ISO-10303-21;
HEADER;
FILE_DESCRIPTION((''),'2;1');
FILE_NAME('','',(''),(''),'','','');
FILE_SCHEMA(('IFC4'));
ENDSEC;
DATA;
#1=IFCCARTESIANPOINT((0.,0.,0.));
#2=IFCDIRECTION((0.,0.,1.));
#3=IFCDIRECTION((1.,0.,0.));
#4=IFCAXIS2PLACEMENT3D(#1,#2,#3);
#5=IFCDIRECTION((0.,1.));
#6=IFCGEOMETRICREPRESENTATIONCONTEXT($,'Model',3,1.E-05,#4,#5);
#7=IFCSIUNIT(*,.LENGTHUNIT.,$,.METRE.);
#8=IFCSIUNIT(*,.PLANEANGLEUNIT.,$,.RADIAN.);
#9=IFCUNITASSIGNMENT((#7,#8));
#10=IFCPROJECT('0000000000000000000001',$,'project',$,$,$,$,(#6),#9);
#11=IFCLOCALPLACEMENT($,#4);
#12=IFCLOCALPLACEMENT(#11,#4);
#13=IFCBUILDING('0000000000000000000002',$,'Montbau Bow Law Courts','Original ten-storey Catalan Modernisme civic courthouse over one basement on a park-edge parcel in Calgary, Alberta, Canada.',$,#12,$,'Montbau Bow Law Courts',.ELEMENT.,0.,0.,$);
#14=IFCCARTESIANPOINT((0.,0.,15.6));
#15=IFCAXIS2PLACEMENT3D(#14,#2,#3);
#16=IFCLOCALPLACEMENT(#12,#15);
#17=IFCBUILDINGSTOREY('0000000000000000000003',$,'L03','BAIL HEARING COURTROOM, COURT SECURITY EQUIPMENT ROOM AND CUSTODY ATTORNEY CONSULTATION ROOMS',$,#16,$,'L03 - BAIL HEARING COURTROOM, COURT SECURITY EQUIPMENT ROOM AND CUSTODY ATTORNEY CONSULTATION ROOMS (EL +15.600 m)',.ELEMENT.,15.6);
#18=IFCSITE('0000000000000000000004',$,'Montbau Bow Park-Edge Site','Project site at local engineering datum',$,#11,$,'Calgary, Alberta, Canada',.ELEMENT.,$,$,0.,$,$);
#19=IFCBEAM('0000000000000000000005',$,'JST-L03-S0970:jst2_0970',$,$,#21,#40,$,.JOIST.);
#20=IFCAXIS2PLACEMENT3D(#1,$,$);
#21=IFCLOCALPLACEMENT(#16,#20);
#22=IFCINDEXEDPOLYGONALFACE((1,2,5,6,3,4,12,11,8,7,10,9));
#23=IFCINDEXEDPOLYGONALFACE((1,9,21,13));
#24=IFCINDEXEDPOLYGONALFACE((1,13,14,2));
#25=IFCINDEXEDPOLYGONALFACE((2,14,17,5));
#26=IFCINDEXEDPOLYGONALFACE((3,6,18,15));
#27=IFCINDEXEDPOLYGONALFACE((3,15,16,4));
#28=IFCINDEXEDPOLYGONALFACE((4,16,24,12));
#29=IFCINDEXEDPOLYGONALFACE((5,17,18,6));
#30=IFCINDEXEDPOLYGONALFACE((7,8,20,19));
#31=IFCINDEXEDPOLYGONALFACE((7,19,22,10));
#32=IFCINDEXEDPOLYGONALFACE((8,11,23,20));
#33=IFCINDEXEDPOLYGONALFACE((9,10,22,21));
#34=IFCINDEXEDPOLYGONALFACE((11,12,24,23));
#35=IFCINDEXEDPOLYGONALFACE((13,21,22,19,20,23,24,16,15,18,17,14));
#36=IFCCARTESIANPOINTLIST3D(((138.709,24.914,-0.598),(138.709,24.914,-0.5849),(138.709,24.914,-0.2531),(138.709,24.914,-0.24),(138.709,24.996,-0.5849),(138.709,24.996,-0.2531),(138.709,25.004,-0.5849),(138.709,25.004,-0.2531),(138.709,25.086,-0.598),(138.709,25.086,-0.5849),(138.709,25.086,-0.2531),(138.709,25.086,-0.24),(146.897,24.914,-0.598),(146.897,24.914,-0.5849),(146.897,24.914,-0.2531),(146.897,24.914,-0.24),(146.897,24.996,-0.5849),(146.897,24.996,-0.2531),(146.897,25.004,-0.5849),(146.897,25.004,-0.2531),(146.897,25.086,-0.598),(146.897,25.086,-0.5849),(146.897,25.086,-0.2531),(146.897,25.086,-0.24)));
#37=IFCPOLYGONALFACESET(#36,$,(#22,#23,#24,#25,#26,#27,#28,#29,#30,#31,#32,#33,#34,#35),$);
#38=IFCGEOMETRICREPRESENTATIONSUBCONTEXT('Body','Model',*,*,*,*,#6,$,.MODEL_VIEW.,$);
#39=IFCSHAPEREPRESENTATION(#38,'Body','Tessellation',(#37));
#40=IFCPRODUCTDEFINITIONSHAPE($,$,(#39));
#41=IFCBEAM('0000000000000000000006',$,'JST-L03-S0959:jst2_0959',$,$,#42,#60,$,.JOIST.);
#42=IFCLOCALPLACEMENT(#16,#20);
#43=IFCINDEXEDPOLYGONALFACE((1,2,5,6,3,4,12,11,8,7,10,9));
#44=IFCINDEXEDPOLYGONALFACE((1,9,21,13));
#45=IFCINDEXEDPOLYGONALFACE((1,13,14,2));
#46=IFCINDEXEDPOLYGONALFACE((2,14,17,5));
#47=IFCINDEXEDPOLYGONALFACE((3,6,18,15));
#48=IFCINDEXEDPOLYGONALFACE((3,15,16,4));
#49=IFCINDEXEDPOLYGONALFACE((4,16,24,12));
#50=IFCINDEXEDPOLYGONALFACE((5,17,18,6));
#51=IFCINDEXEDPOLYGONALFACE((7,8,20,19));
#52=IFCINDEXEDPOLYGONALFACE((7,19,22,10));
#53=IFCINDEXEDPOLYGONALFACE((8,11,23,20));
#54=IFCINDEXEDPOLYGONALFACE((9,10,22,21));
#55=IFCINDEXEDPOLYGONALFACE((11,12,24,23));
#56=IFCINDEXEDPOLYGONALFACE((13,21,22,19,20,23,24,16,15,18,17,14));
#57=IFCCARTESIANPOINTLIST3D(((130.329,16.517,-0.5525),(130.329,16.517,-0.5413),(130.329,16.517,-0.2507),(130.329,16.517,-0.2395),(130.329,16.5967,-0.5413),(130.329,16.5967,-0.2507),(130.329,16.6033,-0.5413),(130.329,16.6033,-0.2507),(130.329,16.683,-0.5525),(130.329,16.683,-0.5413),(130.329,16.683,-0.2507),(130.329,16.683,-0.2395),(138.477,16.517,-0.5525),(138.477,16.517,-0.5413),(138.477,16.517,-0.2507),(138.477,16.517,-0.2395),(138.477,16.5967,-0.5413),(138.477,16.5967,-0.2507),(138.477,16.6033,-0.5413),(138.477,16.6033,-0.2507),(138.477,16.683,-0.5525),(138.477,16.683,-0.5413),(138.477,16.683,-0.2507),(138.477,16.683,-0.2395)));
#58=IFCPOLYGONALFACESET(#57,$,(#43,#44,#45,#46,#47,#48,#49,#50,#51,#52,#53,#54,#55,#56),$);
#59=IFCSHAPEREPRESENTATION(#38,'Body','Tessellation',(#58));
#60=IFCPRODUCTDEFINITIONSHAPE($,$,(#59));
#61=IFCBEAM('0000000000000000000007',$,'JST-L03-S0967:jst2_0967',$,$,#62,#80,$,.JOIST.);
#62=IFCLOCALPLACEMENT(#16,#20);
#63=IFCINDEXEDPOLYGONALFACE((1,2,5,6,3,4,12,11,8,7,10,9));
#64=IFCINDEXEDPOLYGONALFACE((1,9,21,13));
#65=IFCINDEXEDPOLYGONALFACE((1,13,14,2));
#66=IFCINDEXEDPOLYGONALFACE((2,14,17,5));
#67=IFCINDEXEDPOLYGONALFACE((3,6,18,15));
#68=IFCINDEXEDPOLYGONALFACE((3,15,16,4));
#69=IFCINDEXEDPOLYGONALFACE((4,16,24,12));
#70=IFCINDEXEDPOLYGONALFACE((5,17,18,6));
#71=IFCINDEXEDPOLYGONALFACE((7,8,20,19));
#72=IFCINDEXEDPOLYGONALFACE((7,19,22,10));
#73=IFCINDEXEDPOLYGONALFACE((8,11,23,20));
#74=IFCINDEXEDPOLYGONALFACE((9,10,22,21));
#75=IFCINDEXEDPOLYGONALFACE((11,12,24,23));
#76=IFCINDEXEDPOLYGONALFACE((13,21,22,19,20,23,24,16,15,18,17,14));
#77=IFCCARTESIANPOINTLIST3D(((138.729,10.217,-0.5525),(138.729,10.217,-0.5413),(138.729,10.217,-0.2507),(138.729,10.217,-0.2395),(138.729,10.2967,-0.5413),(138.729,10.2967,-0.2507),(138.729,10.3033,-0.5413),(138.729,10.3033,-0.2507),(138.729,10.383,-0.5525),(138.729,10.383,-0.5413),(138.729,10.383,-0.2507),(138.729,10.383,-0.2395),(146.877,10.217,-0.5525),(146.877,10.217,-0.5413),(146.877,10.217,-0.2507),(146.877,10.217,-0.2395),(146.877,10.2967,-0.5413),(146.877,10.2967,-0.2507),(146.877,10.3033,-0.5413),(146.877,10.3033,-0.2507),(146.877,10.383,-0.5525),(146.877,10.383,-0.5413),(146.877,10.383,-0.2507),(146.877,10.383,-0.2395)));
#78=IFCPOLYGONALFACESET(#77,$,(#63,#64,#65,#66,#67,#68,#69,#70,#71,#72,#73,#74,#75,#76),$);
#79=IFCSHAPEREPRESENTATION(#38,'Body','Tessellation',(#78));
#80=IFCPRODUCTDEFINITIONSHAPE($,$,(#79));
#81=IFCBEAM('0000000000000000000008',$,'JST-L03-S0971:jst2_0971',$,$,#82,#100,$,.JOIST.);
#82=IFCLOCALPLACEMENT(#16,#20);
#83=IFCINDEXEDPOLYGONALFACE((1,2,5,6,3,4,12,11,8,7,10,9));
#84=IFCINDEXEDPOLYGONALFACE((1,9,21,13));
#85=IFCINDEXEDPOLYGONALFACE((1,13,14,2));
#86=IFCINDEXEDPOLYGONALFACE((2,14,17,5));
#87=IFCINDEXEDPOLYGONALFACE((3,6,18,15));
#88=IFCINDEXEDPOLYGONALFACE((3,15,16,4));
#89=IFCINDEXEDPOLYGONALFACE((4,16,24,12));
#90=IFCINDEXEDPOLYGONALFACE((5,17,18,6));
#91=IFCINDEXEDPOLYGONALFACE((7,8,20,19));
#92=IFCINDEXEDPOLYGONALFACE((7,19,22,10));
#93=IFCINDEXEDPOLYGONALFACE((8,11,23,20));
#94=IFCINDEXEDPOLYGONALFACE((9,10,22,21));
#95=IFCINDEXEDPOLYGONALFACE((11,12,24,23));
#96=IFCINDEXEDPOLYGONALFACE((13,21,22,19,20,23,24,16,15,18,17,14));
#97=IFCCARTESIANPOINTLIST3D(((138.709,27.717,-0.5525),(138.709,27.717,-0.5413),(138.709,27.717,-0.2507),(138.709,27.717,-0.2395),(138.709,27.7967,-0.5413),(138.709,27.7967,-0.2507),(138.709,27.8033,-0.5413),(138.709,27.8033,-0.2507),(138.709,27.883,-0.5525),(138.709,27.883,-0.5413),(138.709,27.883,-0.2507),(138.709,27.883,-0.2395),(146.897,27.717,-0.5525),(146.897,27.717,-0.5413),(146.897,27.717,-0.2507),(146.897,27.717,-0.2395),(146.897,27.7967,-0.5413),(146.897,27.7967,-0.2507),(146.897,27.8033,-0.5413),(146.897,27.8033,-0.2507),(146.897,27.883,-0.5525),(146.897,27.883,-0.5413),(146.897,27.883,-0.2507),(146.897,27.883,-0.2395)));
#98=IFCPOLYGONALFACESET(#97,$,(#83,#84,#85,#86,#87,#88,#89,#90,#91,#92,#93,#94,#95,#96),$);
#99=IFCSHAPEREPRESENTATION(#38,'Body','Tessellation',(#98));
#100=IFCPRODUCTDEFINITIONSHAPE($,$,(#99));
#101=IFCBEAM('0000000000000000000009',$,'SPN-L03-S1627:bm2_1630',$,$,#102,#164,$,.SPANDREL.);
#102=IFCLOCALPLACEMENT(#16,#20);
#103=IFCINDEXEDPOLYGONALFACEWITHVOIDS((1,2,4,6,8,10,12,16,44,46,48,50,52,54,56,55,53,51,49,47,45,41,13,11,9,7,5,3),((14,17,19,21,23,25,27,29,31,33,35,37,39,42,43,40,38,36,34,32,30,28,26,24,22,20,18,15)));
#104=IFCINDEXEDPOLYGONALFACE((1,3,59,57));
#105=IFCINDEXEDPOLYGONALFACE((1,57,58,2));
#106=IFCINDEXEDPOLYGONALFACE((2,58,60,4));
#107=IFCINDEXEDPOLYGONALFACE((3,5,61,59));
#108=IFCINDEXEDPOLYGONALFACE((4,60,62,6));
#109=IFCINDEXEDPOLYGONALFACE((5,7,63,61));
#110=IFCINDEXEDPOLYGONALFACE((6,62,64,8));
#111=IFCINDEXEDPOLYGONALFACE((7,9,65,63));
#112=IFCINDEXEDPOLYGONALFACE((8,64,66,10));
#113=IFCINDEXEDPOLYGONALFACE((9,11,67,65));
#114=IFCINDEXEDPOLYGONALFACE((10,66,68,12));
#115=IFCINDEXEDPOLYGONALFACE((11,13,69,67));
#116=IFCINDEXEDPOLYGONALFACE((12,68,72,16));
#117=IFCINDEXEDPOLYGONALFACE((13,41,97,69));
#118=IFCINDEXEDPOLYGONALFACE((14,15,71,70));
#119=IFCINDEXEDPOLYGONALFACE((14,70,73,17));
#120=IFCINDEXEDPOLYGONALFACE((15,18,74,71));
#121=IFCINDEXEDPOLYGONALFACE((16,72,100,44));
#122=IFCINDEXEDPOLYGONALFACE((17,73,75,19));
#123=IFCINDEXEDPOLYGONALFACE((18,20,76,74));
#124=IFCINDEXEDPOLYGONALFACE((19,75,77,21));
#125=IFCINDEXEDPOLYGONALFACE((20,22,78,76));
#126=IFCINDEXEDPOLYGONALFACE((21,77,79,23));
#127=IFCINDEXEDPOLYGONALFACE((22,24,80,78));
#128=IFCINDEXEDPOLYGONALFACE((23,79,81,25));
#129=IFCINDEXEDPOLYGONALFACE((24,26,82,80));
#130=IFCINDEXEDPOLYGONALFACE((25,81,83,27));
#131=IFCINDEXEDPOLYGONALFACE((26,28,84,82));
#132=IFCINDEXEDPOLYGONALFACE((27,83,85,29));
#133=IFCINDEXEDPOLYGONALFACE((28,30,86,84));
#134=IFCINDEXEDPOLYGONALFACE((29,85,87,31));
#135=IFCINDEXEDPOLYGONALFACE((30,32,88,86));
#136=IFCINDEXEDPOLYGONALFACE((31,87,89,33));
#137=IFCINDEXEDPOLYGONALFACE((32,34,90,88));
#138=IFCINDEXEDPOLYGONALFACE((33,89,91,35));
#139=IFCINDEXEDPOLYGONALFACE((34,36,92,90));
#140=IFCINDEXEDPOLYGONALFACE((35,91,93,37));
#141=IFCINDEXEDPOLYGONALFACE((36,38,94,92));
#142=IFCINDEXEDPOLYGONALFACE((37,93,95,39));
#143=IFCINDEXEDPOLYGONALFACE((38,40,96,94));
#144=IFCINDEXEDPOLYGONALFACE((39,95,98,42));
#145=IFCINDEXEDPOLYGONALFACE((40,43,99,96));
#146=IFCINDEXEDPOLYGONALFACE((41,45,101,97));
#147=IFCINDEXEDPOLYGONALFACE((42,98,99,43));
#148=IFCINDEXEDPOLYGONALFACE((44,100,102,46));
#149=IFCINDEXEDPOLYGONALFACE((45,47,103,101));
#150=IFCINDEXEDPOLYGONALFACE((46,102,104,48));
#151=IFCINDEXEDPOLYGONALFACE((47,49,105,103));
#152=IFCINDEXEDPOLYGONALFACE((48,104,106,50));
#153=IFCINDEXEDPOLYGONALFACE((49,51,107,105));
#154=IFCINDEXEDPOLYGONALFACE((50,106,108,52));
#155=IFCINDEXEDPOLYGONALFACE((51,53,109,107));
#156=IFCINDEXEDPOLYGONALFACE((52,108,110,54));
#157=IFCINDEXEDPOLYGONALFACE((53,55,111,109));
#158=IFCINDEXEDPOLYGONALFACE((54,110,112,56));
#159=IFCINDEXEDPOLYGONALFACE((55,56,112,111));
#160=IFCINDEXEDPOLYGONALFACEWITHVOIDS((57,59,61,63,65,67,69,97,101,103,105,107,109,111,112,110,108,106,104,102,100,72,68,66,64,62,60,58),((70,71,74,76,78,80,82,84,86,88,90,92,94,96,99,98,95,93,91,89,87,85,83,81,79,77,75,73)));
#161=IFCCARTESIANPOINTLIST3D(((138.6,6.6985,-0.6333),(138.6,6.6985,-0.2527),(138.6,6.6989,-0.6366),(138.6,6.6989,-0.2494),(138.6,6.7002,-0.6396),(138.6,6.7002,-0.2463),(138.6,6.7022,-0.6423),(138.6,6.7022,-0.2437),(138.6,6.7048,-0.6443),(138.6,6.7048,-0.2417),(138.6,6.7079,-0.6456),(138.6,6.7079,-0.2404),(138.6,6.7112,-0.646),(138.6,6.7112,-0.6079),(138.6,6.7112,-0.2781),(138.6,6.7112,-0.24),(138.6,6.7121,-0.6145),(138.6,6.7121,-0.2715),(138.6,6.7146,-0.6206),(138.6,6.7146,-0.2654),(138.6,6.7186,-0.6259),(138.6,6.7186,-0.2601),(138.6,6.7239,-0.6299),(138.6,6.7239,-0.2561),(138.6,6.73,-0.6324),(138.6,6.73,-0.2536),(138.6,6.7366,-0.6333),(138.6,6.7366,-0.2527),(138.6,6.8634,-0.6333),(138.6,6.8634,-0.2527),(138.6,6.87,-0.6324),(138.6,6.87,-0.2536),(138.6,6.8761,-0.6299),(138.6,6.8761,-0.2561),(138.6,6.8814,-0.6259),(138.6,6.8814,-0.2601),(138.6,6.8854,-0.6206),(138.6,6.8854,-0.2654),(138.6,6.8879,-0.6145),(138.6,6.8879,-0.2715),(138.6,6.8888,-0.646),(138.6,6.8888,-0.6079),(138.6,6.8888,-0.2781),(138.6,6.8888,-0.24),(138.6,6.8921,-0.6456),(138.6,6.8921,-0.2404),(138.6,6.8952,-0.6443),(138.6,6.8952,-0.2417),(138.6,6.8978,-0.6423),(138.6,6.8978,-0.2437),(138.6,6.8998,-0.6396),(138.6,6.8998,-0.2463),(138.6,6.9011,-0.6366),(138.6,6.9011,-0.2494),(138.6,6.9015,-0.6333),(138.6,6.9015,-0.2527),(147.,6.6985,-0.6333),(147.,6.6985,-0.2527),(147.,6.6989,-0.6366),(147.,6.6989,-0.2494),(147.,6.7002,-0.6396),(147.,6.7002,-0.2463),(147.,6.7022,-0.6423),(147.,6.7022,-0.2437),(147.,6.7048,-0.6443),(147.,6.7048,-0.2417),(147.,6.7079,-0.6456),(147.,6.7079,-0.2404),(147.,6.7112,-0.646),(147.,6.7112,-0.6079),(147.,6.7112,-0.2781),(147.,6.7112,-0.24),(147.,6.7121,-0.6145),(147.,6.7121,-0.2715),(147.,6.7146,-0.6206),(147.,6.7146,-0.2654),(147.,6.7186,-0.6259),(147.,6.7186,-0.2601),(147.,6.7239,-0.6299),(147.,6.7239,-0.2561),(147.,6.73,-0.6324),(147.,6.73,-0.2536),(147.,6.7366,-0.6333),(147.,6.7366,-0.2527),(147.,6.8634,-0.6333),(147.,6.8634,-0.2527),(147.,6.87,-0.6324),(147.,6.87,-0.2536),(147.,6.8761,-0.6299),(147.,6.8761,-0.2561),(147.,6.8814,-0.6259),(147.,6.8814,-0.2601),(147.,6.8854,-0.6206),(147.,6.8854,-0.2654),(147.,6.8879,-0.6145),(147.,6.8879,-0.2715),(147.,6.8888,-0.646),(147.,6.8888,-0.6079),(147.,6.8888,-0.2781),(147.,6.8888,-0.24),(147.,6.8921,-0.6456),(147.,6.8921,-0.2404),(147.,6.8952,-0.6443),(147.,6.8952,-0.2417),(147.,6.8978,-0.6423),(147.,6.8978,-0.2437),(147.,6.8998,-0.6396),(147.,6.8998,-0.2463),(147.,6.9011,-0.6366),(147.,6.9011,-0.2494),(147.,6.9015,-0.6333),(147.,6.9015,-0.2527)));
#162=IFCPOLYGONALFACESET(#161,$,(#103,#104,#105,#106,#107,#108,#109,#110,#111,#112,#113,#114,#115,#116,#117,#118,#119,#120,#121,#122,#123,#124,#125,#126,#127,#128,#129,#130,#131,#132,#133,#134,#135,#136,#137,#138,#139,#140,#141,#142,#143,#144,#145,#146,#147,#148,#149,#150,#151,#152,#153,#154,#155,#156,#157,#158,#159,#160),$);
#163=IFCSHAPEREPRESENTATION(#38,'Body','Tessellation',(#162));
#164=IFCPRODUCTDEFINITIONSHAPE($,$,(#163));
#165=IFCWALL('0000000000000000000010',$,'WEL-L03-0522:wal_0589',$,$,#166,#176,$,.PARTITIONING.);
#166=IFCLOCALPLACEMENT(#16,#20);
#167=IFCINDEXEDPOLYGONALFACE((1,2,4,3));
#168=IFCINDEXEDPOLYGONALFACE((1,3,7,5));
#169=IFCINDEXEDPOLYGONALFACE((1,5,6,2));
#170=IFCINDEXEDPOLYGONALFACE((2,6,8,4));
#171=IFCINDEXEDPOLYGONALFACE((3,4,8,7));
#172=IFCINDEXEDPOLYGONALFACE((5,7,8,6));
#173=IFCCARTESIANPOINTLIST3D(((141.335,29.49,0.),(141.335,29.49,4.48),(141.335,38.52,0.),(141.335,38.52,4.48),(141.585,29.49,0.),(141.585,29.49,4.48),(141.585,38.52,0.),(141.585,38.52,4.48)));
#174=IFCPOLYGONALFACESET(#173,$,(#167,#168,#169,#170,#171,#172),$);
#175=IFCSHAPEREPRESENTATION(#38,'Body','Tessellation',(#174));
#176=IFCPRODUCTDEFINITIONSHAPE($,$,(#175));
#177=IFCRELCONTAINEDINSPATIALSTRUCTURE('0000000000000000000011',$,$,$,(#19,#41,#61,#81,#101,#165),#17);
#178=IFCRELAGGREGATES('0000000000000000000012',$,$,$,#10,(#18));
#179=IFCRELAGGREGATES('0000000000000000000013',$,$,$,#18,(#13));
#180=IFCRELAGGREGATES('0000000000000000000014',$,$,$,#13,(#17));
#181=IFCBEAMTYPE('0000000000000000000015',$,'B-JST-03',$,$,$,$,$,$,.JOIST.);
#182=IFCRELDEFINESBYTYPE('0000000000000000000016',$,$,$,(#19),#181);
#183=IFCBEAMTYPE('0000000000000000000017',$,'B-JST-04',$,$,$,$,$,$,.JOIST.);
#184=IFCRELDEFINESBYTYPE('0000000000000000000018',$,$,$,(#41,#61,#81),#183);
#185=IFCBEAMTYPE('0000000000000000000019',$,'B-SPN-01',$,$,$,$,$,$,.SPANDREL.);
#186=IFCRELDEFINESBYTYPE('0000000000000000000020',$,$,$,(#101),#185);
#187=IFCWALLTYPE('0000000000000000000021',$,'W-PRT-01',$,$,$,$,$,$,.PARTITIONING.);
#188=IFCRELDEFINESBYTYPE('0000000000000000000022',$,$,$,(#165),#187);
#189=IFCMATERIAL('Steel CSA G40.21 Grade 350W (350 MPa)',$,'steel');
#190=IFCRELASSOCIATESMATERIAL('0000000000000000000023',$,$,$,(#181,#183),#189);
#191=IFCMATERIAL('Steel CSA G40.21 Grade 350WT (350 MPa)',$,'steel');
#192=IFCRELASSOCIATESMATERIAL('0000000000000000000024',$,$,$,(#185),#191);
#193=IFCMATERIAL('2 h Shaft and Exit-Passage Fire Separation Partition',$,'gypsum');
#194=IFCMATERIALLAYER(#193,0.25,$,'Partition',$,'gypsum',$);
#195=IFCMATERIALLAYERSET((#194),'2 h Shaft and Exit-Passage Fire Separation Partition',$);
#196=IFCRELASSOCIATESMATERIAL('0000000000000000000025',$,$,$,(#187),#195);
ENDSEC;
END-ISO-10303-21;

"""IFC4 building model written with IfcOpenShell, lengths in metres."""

from ifc_helpers import new_model, si_unit, direction, frame, frame_2d, origin_with_axes, origin_2d_with_axis, place, context, subcontext, project, spatial, rectangle, hollow_rectangle, i_section, extrude, material, layer, layer_set, material_profile, profile_set, type_object, element, save


model = new_model("IFC4")

# Units and contexts
model_context = context("Model", 3, precision=1e-05, world=origin_with_axes(), true_north=direction((0.0, 1.0)))
body_context = subcontext(model_context, "Body", "Model", "MODEL_VIEW")
ifc_project = project(units=[si_unit("LENGTHUNIT", "METRE"), si_unit("PLANEANGLEUNIT", "RADIAN")], contexts=[model_context])

# Site, building, storey
site_placement = place(None, origin_with_axes())
site = spatial("IfcSite", under=ifc_project, at=site_placement, Name="Montbau Bow Park-Edge Site", Description="Project site at local engineering datum", LongName="Calgary, Alberta, Canada", CompositionType="ELEMENT", RefElevation=0.0)
building_placement = place(site_placement, origin_with_axes())
building = spatial("IfcBuilding", under=site, at=building_placement, Name="Montbau Bow Law Courts", Description="Original ten-storey Catalan Modernisme civic courthouse over one basement on a park-edge parcel in Calgary, Alberta, Canada.", LongName="Montbau Bow Law Courts", CompositionType="ELEMENT", ElevationOfRefHeight=0.0, ElevationOfTerrain=0.0)
storey_placement = place(building_placement, frame((0.0, 0.0, 15.6), z_axis=(0.0, 0.0, 1.0), x_axis=(1.0, 0.0, 0.0)))
storey = spatial("IfcBuildingStorey", under=building, at=storey_placement, Name="L03", Description="BAIL HEARING COURTROOM, COURT SECURITY EQUIPMENT ROOM AND CUSTODY ATTORNEY CONSULTATION ROOMS", LongName="L03 - BAIL HEARING COURTROOM, COURT SECURITY EQUIPMENT ROOM AND CUSTODY ATTORNEY CONSULTATION ROOMS (EL +15.600 m)", CompositionType="ELEMENT", Elevation=15.6)

# Shared definitions
ifc_material_1 = material(Name="Steel CSA G40.21 Grade 350W (350 MPa)", Category="steel")

# Beams
ifc_material_profile_1 = material_profile(ifc_material_1, i_section(OverallWidth=0.172, OverallDepth=0.358, WebThickness=0.0079, FlangeThickness=0.0131, at=origin_2d_with_axis()), Name="W360X57", Category="Main", Priority=0)
ifc_profile_set_1 = profile_set([ifc_material_profile_1], Name="Steel CSA G40.21 Grade 350W (350 MPa)")
beam_type_1 = type_object("IfcBeamType", Name="B-JST-03", PredefinedType="JOIST", material=ifc_profile_set_1)
beam_1_placement = place(None, frame((138.709, 25.0, 15.181), z_axis=(1.0, 0.0, 0.0), x_axis=(0.0, 1.0, 0.0)))
element("IfcBeam", 1, at=beam_1_placement, inside=storey, type_object=beam_type_1, Name="JST-L03-S0970:jst2_0970", PredefinedType="JOIST", context=body_context, shape_type="SweptSolid", body=[
    extrude(i_section(OverallWidth=0.172, OverallDepth=0.358, WebThickness=0.0079, FlangeThickness=0.0131, at=origin_2d_with_axis()), origin_with_axes(), (0.0, 0.0, 1.0), 8.188),
])
ifc_material_profile_2 = material_profile(ifc_material_1, i_section(OverallWidth=0.166, OverallDepth=0.313, WebThickness=0.0066, FlangeThickness=0.0112, at=origin_2d_with_axis()), Name="W310X45", Category="Main", Priority=0)
ifc_profile_set_2 = profile_set([ifc_material_profile_2], Name="Steel CSA G40.21 Grade 350W (350 MPa)")
beam_type_2 = type_object("IfcBeamType", Name="B-JST-04", PredefinedType="JOIST", material=ifc_profile_set_2)
for number, where, z_axis, x_axis, name in (
    (2, (130.329, 16.6, 15.204), (1.0, 0.0, 0.0), (0.0, 1.0, 0.0), "JST-L03-S0959:jst2_0959"),
    (3, (138.729, 10.3, 15.204), (1.0, 0.0, 0.0), (0.0, 1.0, 0.0), "JST-L03-S0967:jst2_0967"),
):
    element("IfcBeam", number, at=place(None, frame(where, z_axis=z_axis, x_axis=x_axis)), inside=storey, type_object=beam_type_2, Name=name, PredefinedType="JOIST", context=body_context, shape_type="SweptSolid", body=[
        extrude(i_section(OverallWidth=0.166, OverallDepth=0.313, WebThickness=0.0066, FlangeThickness=0.0112, at=origin_2d_with_axis()), origin_with_axes(), (0.0, 0.0, 1.0), 8.148),
    ])
beam_2_placement = place(None, frame((138.709, 27.8, 15.204), z_axis=(1.0, 0.0, 0.0), x_axis=(0.0, 1.0, 0.0)))
element("IfcBeam", 4, at=beam_2_placement, inside=storey, type_object=beam_type_2, Name="JST-L03-S0971:jst2_0971", PredefinedType="JOIST", context=body_context, shape_type="SweptSolid", body=[
    extrude(i_section(OverallWidth=0.166, OverallDepth=0.313, WebThickness=0.0066, FlangeThickness=0.0112, at=origin_2d_with_axis()), origin_with_axes(), (0.0, 0.0, 1.0), 8.188),
])
ifc_material_2 = material(Name="Steel CSA G40.21 Grade 350WT (350 MPa)", Category="steel")
ifc_material_profile_3 = material_profile(ifc_material_2, hollow_rectangle(XDim=0.203, YDim=0.406, WallThickness=0.0127, InnerFilletRadius=0.0254, OuterFilletRadius=0.0127, at=origin_2d_with_axis()), Name="HSS406X203X13", Category="Main", Priority=0)
ifc_profile_set_3 = profile_set([ifc_material_profile_3], Name="Steel CSA G40.21 Grade 350WT (350 MPa)")
beam_type_3 = type_object("IfcBeamType", Name="B-SPN-01", PredefinedType="SPANDREL", material=ifc_profile_set_3)
beam_3_placement = place(None, frame((138.6, 6.8, 15.157), z_axis=(1.0, 0.0, 0.0), x_axis=(0.0, 1.0, 0.0)))
element("IfcBeam", 5, at=beam_3_placement, inside=storey, type_object=beam_type_3, Name="SPN-L03-S1627:bm2_1630", PredefinedType="SPANDREL", context=body_context, shape_type="SweptSolid", body=[
    extrude(hollow_rectangle(XDim=0.203, YDim=0.406, WallThickness=0.0127, InnerFilletRadius=0.0254, OuterFilletRadius=0.0127, at=origin_2d_with_axis()), origin_with_axes(), (0.0, 0.0, 1.0), 8.4),
])

# Wall
ifc_material_3 = material(Name="2 h Shaft and Exit-Passage Fire Separation Partition", Category="gypsum")
ifc_layer_1 = layer(ifc_material_3, 0.25, Name="Partition", Category="gypsum")
ifc_layer_set_1 = layer_set([ifc_layer_1], Name="2 h Shaft and Exit-Passage Fire Separation Partition")
wall_type_1 = type_object("IfcWallType", Name="W-PRT-01", PredefinedType="PARTITIONING", material=ifc_layer_set_1)
wall_1_placement = place(None, frame((141.46, 29.49, 15.6), z_axis=(0.0, 0.0, 1.0), x_axis=(0.0, 1.0, 0.0)))
element("IfcWall", 6, at=wall_1_placement, inside=storey, type_object=wall_type_1, Name="WEL-L03-0522:wal_0589", PredefinedType="PARTITIONING", context=body_context, shape_type="SweptSolid", body=[
    extrude(rectangle(XDim=9.03, YDim=0.25, at=frame_2d((4.515, 0.0), x_axis=(1.0, 0.0))), origin_with_axes(), (0.0, 0.0, 1.0), 4.48),
])

save(model, "model.ifc")
